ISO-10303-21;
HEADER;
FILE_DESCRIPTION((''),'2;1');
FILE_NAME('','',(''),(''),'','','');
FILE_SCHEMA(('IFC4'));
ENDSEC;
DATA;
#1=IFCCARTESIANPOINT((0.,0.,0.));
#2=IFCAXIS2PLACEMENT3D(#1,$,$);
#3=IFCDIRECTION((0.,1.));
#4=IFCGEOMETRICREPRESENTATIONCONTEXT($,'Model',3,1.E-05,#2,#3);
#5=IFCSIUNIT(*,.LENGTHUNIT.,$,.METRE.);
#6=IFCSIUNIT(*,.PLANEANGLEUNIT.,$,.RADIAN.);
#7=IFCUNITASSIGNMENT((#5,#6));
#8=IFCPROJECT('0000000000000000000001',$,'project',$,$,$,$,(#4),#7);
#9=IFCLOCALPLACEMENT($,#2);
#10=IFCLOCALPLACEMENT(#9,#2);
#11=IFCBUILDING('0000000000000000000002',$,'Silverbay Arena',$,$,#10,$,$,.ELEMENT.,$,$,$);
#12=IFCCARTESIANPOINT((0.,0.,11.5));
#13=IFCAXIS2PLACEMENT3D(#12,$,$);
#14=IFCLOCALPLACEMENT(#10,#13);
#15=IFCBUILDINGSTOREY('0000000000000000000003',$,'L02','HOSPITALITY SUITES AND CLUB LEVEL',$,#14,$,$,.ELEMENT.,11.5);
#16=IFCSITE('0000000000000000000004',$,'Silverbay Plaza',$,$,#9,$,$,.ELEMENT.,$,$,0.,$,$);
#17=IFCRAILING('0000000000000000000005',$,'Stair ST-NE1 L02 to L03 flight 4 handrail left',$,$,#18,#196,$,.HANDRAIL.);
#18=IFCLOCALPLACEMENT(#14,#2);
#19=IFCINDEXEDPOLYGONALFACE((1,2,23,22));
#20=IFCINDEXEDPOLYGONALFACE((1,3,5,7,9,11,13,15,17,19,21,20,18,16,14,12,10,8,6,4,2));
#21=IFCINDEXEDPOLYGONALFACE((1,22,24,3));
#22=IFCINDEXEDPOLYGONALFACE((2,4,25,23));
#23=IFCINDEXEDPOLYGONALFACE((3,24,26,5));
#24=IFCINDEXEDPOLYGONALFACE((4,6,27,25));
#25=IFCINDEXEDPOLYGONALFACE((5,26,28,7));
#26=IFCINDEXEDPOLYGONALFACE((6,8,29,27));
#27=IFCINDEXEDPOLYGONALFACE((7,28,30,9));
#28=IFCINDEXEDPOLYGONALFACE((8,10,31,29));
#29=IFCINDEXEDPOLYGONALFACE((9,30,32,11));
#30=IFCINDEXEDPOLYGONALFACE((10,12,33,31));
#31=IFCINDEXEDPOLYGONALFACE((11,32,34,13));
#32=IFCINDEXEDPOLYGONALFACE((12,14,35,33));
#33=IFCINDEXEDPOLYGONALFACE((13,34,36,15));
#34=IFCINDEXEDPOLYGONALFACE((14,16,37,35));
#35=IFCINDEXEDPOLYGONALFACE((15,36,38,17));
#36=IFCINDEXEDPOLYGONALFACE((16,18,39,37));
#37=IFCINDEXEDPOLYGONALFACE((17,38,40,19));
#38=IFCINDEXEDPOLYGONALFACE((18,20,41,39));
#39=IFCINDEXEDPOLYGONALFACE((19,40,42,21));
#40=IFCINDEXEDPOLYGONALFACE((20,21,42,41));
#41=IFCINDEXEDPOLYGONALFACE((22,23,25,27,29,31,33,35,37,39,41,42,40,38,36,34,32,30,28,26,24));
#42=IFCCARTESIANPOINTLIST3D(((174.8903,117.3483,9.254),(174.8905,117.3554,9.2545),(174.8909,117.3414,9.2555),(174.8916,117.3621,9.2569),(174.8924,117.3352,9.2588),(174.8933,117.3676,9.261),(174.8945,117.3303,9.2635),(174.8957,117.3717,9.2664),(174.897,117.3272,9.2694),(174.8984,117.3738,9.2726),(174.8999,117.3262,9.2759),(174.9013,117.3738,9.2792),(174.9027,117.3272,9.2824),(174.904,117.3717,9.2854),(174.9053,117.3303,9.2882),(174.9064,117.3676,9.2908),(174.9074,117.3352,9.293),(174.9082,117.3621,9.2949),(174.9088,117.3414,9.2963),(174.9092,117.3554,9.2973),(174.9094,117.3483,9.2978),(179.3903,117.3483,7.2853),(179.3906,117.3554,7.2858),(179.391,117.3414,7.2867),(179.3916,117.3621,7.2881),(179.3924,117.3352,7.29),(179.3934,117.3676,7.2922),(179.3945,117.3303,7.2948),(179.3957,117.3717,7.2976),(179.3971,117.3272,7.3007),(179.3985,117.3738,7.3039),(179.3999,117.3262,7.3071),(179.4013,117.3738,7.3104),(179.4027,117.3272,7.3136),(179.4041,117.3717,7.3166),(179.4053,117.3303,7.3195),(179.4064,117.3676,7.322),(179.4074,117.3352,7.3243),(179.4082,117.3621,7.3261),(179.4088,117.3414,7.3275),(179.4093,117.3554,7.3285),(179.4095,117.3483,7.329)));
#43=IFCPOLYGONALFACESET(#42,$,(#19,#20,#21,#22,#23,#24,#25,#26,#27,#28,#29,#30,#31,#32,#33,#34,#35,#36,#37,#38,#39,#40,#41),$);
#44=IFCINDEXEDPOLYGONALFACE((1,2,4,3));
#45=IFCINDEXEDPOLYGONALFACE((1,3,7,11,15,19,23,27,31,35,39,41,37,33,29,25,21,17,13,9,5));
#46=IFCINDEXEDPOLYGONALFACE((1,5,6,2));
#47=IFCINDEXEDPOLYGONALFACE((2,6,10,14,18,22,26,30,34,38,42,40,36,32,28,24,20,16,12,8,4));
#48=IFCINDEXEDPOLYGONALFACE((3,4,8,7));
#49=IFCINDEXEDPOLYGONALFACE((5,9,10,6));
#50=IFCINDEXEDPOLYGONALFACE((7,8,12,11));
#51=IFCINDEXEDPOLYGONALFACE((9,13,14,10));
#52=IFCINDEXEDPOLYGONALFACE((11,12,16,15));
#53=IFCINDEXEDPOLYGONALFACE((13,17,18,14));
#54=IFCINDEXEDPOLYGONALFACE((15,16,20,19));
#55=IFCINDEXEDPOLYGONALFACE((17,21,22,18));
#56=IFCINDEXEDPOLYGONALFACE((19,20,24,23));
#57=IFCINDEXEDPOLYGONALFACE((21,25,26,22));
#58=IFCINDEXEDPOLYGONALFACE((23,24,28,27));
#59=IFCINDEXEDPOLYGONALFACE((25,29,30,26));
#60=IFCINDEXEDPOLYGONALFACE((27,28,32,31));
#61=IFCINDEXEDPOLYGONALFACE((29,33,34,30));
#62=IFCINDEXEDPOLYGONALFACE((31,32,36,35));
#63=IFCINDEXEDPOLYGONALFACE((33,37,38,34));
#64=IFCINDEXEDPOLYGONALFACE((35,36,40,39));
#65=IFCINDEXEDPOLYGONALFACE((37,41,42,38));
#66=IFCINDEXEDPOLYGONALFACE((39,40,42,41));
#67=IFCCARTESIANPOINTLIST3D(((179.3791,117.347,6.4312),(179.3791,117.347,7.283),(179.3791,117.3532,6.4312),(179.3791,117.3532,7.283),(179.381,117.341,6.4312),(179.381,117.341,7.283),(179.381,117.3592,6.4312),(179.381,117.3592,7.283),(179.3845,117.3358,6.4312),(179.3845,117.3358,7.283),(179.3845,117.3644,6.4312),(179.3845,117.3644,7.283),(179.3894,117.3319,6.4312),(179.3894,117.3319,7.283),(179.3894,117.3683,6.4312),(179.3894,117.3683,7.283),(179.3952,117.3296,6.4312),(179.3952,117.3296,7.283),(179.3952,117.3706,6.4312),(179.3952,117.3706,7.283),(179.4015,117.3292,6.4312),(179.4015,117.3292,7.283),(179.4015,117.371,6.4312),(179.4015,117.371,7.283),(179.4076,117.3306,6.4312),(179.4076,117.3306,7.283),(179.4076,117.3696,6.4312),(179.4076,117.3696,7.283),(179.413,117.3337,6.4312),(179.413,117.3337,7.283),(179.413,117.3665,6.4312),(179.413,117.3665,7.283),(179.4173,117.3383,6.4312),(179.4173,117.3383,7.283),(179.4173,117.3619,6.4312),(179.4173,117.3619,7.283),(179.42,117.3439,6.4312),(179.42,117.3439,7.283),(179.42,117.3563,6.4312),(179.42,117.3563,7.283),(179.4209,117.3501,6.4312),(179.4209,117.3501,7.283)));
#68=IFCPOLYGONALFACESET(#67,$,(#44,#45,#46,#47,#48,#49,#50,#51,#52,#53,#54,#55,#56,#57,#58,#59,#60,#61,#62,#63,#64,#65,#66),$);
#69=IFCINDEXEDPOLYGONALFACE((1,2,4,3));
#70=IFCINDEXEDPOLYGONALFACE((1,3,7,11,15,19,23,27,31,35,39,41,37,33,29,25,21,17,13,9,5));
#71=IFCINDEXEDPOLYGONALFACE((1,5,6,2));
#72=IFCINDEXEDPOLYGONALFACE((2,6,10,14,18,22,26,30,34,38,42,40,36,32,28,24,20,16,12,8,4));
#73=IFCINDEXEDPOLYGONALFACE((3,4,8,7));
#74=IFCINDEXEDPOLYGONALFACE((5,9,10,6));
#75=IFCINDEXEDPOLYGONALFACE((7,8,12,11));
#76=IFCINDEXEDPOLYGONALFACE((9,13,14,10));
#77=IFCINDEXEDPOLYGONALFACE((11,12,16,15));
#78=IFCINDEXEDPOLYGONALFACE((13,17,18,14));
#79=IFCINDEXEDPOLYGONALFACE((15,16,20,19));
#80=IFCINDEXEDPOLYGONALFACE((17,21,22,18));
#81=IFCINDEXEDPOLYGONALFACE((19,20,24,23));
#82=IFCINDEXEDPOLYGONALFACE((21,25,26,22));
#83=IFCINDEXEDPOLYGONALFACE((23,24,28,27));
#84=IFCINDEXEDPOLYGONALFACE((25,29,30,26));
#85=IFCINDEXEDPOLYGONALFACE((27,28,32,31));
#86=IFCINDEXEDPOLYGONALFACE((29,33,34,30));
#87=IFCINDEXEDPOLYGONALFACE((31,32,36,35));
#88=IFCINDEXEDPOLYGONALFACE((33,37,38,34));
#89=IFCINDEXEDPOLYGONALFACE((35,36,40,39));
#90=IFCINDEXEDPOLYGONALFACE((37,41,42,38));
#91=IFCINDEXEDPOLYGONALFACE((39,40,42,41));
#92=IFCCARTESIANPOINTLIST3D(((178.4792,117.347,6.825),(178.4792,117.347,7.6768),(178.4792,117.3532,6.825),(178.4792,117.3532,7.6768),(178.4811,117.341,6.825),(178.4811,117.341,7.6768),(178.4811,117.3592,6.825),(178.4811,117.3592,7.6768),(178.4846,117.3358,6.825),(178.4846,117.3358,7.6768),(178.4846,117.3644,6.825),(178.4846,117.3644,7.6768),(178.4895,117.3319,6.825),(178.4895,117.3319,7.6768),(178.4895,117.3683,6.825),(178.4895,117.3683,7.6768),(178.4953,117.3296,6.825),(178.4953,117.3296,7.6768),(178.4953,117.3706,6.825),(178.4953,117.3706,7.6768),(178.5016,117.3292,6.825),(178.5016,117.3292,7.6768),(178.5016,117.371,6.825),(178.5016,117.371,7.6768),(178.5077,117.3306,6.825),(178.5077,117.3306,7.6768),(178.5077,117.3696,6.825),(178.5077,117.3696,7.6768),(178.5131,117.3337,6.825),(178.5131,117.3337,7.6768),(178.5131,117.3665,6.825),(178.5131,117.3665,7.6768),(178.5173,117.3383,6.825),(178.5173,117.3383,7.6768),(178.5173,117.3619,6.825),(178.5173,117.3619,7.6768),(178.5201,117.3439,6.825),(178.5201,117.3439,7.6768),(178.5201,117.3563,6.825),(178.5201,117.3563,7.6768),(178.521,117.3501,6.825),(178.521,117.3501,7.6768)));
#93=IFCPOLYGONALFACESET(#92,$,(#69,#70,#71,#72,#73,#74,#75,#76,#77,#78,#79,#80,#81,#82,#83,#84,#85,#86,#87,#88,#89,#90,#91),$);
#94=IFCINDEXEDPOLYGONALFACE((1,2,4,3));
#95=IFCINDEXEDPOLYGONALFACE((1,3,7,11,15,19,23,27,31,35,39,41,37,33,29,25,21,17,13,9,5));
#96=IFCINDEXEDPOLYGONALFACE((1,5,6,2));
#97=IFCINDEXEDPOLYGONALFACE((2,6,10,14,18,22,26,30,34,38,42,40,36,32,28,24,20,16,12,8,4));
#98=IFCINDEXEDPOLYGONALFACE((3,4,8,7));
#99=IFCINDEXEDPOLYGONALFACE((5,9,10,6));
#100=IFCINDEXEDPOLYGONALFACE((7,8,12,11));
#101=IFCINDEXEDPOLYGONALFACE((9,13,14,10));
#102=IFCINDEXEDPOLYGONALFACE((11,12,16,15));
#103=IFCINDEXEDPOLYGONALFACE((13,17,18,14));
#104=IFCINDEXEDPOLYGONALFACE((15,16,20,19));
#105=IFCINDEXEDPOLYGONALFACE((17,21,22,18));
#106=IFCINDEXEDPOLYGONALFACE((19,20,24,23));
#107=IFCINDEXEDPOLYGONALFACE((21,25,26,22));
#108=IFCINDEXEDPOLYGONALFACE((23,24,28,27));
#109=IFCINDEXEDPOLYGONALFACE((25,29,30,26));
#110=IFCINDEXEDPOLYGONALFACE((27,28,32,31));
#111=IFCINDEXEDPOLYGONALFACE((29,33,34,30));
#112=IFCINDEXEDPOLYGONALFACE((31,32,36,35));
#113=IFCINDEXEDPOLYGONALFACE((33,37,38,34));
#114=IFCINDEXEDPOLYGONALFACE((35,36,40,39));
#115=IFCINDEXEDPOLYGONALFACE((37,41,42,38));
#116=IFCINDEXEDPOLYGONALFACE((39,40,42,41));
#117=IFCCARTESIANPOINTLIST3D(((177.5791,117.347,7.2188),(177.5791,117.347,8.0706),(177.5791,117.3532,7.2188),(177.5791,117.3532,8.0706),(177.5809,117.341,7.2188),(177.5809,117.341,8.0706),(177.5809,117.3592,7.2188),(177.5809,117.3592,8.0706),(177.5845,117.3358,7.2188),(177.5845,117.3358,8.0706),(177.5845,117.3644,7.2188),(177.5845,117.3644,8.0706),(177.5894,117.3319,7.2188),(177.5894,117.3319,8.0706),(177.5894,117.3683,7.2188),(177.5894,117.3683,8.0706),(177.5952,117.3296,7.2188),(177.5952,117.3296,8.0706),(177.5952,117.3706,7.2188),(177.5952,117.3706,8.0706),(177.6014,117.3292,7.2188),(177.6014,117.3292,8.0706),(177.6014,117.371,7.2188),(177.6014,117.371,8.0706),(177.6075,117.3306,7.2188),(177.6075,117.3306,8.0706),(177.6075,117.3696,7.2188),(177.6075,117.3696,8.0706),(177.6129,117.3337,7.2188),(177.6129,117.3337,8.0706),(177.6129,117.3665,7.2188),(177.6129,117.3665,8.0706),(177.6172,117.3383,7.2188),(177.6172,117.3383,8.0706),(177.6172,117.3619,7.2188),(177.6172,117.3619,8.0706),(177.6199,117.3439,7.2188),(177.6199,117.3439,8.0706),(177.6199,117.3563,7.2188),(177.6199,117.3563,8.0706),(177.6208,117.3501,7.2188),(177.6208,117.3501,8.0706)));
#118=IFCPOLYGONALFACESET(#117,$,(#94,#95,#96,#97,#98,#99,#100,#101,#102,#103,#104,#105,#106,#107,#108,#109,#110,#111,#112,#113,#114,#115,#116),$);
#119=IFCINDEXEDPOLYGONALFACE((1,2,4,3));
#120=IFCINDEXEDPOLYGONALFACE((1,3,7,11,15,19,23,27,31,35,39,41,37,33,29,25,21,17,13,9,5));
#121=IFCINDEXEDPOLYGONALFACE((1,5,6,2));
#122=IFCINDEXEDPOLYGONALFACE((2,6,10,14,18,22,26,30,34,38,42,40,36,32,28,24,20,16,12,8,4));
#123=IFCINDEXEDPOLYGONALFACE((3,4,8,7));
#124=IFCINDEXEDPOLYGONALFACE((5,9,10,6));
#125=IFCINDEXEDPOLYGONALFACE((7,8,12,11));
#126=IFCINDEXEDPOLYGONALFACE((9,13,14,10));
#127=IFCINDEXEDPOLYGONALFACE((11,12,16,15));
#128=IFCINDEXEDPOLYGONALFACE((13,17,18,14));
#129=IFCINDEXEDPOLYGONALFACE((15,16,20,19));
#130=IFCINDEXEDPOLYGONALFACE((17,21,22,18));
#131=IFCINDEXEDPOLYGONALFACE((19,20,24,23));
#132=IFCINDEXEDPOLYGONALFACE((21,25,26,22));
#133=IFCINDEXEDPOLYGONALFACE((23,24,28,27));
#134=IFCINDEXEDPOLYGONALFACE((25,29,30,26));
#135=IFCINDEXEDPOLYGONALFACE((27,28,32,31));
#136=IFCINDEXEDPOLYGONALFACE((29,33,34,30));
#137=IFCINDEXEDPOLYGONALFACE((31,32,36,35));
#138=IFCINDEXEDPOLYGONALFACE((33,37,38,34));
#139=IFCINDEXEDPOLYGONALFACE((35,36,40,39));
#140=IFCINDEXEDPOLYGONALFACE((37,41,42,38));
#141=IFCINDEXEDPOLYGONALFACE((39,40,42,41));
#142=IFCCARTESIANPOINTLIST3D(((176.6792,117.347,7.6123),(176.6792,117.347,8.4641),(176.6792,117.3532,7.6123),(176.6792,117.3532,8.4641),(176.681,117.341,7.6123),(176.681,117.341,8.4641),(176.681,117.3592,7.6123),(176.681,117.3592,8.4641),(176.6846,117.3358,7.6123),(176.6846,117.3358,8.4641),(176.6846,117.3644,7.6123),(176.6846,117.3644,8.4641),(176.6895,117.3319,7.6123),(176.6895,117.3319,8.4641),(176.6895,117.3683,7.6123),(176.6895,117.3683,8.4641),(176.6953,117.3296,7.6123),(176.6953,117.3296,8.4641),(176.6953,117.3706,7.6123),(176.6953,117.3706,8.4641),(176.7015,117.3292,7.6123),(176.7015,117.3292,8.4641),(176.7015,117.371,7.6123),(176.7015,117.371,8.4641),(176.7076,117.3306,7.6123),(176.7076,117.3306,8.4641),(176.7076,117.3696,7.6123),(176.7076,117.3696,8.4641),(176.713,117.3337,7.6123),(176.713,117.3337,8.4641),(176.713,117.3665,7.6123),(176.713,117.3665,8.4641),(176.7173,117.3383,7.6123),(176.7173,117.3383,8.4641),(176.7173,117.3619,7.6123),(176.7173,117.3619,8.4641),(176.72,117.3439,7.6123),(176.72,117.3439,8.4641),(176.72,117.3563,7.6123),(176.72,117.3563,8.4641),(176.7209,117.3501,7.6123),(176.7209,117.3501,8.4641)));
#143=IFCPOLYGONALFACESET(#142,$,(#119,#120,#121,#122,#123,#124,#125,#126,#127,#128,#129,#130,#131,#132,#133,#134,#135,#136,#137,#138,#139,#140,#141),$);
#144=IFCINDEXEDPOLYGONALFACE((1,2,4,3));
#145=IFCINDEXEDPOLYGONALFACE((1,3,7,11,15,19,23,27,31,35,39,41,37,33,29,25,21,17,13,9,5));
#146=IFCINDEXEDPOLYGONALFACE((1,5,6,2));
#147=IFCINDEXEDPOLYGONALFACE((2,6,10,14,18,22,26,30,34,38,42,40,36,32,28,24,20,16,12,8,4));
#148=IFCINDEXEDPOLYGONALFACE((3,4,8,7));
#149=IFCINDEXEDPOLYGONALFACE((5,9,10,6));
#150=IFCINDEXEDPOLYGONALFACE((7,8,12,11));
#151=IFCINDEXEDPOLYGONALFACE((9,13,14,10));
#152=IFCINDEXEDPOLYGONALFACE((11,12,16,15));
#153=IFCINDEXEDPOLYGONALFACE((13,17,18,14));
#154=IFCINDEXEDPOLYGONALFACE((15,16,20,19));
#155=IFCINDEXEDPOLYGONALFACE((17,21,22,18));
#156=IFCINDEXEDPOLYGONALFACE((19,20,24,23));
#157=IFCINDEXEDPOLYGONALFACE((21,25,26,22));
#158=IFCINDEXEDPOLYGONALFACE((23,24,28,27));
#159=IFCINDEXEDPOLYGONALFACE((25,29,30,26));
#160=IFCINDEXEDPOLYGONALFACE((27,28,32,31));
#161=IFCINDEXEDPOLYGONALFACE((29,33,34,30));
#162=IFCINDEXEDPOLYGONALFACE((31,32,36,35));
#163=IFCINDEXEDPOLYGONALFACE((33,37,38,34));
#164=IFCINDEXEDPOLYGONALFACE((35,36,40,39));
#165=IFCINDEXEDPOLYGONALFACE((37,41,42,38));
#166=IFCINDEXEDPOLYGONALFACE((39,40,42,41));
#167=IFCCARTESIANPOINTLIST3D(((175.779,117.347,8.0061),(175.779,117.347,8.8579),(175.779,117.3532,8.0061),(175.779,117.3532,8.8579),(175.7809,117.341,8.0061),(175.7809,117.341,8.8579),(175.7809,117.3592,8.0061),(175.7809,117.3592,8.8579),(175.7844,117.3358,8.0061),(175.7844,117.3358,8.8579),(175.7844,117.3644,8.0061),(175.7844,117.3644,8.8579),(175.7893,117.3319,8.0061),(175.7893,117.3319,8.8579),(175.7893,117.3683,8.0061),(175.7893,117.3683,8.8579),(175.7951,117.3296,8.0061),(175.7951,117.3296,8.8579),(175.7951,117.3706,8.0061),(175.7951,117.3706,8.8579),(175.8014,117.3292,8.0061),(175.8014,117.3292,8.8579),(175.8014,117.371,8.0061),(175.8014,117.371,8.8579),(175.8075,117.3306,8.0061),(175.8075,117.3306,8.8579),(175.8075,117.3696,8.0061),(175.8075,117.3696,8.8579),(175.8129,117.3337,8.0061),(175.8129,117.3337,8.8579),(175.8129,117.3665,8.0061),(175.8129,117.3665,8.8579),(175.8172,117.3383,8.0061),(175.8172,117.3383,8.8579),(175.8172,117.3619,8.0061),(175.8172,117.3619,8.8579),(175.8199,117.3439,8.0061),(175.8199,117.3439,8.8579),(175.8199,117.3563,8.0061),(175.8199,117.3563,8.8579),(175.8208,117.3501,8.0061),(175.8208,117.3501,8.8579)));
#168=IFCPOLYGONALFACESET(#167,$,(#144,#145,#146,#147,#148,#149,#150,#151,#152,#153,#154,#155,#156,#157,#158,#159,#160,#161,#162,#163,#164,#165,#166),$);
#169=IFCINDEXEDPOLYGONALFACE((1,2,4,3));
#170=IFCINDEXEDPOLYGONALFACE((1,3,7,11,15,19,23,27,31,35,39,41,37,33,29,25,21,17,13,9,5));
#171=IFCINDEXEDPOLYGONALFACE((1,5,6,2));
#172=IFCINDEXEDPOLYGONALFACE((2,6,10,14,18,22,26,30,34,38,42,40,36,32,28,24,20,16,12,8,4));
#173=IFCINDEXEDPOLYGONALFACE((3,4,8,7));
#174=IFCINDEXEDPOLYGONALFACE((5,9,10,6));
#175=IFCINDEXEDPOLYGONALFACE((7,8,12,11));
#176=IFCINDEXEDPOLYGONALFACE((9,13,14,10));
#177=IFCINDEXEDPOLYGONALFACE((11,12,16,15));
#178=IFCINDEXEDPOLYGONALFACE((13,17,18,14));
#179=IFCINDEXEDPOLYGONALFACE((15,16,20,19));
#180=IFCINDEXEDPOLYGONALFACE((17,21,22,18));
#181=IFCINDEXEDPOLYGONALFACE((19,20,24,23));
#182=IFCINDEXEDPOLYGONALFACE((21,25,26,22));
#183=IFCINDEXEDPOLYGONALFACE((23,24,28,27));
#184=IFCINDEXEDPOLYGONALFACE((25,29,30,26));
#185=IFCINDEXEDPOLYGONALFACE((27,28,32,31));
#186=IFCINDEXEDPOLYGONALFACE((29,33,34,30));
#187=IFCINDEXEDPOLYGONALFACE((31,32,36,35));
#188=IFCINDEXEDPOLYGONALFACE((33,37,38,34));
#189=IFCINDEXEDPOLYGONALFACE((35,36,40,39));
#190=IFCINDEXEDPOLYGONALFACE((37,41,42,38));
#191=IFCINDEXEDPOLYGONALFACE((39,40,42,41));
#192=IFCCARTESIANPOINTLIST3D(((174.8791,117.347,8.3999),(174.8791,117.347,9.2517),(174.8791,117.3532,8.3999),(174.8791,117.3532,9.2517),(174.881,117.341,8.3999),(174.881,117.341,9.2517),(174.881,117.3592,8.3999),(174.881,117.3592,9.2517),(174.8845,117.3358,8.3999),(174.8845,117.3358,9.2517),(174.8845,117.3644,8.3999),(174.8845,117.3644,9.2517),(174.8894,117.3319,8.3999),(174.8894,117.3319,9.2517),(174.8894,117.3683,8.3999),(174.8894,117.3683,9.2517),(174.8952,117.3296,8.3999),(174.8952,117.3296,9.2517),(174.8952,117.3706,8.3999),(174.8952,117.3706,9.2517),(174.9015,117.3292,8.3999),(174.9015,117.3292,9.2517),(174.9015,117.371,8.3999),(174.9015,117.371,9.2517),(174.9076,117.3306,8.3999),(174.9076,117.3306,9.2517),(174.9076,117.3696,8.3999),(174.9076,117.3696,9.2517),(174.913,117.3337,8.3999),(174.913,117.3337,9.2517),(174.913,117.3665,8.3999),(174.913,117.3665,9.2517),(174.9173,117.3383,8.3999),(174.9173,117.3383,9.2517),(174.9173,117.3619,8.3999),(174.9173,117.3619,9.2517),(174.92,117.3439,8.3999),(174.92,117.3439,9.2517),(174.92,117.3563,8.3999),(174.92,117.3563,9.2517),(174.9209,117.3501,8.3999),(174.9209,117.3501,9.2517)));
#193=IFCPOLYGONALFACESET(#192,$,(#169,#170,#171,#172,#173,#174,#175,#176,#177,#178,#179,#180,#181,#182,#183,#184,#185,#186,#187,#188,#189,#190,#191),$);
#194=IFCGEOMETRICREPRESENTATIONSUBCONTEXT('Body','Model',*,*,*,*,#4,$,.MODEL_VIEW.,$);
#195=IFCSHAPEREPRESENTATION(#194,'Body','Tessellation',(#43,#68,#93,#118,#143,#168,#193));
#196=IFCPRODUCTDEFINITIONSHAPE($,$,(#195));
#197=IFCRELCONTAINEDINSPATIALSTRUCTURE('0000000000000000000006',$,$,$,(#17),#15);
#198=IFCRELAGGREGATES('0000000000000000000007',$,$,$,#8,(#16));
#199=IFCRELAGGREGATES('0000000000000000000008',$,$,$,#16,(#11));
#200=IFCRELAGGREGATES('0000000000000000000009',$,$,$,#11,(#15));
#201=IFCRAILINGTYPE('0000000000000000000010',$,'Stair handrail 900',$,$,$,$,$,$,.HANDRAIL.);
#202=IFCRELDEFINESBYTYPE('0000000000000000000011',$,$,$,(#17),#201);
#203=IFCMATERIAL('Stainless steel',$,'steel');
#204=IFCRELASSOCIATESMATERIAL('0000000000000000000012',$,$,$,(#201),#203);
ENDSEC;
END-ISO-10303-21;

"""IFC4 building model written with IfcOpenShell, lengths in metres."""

from ifc_helpers import new_model, si_unit, direction, frame, origin, origin_2d, place, context, subcontext, project, spatial, circle, extrude, material, type_object, element, save


model = new_model("IFC4")

# Units and contexts
model_context = context("Model", 3, precision=1e-05, world=origin(), true_north=direction((0.0, 1.0)))
body_context = subcontext(model_context, "Body", "Model", "MODEL_VIEW")
ifc_project = project(units=[si_unit("LENGTHUNIT", "METRE"), si_unit("PLANEANGLEUNIT", "RADIAN")], contexts=[model_context])

# Site, building, storey
site_placement = place(None, origin())
site = spatial("IfcSite", under=ifc_project, at=site_placement, Name="Silverbay Plaza", CompositionType="ELEMENT", RefElevation=0.0)
building_placement = place(site_placement, origin())
building = spatial("IfcBuilding", under=site, at=building_placement, Name="Silverbay Arena", CompositionType="ELEMENT")
storey_placement = place(building_placement, frame((0.0, 0.0, 11.5)))
storey = spatial("IfcBuildingStorey", under=building, at=storey_placement, Name="L02", Description="HOSPITALITY SUITES AND CLUB LEVEL", CompositionType="ELEMENT", Elevation=11.5)

# Railing
ifc_material_1 = material(Name="Stainless steel", Category="steel")
railing_type_1 = type_object("IfcRailingType", Name="Stair handrail 900", PredefinedType="HANDRAIL", material=ifc_material_1)
for number, where, name in (
    (1, (179.3999, 117.3501, 6.4312), "Stair ST-NE1 L02 to L03 flight 4 handrail left"),
):
    element("IfcRailing", number, at=place(storey_placement, frame(where)), inside=storey, type_object=railing_type_1, Name=name, PredefinedType="HANDRAIL", context=body_context, shape_type="SweptSolid", body=[
        extrude(circle(Radius=0.0239, at=origin_2d()), frame((0.0, 0.0, 0.876), z_axis=(-0.916157, 0.0, 0.400819), x_axis=(0.0, -1.0, 0.0)), (0.0, 0.0, 1.0), 4.9119),
        extrude(circle(Radius=0.021, at=origin_2d()), origin(), (0.0, 0.0, 1.0), 0.8518),
        extrude(circle(Radius=0.021, at=origin_2d()), frame((-0.8999, 0.0, 0.3938)), (0.0, 0.0, 1.0), 0.8518),
        extrude(circle(Radius=0.021, at=origin_2d()), frame((-1.8, 0.0, 0.7876)), (0.0, 0.0, 1.0), 0.8518),
        extrude(circle(Radius=0.021, at=origin_2d()), frame((-2.7, 0.0, 1.1812)), (0.0, 0.0, 1.0), 0.8518),
        extrude(circle(Radius=0.021, at=origin_2d()), frame((-3.6001, 0.0, 1.575)), (0.0, 0.0, 1.0), 0.8518),
        extrude(circle(Radius=0.021, at=origin_2d()), frame((-4.5, 0.0, 1.9688)), (0.0, 0.0, 1.0), 0.8518),
    ])

save(model, "model.ifc")
